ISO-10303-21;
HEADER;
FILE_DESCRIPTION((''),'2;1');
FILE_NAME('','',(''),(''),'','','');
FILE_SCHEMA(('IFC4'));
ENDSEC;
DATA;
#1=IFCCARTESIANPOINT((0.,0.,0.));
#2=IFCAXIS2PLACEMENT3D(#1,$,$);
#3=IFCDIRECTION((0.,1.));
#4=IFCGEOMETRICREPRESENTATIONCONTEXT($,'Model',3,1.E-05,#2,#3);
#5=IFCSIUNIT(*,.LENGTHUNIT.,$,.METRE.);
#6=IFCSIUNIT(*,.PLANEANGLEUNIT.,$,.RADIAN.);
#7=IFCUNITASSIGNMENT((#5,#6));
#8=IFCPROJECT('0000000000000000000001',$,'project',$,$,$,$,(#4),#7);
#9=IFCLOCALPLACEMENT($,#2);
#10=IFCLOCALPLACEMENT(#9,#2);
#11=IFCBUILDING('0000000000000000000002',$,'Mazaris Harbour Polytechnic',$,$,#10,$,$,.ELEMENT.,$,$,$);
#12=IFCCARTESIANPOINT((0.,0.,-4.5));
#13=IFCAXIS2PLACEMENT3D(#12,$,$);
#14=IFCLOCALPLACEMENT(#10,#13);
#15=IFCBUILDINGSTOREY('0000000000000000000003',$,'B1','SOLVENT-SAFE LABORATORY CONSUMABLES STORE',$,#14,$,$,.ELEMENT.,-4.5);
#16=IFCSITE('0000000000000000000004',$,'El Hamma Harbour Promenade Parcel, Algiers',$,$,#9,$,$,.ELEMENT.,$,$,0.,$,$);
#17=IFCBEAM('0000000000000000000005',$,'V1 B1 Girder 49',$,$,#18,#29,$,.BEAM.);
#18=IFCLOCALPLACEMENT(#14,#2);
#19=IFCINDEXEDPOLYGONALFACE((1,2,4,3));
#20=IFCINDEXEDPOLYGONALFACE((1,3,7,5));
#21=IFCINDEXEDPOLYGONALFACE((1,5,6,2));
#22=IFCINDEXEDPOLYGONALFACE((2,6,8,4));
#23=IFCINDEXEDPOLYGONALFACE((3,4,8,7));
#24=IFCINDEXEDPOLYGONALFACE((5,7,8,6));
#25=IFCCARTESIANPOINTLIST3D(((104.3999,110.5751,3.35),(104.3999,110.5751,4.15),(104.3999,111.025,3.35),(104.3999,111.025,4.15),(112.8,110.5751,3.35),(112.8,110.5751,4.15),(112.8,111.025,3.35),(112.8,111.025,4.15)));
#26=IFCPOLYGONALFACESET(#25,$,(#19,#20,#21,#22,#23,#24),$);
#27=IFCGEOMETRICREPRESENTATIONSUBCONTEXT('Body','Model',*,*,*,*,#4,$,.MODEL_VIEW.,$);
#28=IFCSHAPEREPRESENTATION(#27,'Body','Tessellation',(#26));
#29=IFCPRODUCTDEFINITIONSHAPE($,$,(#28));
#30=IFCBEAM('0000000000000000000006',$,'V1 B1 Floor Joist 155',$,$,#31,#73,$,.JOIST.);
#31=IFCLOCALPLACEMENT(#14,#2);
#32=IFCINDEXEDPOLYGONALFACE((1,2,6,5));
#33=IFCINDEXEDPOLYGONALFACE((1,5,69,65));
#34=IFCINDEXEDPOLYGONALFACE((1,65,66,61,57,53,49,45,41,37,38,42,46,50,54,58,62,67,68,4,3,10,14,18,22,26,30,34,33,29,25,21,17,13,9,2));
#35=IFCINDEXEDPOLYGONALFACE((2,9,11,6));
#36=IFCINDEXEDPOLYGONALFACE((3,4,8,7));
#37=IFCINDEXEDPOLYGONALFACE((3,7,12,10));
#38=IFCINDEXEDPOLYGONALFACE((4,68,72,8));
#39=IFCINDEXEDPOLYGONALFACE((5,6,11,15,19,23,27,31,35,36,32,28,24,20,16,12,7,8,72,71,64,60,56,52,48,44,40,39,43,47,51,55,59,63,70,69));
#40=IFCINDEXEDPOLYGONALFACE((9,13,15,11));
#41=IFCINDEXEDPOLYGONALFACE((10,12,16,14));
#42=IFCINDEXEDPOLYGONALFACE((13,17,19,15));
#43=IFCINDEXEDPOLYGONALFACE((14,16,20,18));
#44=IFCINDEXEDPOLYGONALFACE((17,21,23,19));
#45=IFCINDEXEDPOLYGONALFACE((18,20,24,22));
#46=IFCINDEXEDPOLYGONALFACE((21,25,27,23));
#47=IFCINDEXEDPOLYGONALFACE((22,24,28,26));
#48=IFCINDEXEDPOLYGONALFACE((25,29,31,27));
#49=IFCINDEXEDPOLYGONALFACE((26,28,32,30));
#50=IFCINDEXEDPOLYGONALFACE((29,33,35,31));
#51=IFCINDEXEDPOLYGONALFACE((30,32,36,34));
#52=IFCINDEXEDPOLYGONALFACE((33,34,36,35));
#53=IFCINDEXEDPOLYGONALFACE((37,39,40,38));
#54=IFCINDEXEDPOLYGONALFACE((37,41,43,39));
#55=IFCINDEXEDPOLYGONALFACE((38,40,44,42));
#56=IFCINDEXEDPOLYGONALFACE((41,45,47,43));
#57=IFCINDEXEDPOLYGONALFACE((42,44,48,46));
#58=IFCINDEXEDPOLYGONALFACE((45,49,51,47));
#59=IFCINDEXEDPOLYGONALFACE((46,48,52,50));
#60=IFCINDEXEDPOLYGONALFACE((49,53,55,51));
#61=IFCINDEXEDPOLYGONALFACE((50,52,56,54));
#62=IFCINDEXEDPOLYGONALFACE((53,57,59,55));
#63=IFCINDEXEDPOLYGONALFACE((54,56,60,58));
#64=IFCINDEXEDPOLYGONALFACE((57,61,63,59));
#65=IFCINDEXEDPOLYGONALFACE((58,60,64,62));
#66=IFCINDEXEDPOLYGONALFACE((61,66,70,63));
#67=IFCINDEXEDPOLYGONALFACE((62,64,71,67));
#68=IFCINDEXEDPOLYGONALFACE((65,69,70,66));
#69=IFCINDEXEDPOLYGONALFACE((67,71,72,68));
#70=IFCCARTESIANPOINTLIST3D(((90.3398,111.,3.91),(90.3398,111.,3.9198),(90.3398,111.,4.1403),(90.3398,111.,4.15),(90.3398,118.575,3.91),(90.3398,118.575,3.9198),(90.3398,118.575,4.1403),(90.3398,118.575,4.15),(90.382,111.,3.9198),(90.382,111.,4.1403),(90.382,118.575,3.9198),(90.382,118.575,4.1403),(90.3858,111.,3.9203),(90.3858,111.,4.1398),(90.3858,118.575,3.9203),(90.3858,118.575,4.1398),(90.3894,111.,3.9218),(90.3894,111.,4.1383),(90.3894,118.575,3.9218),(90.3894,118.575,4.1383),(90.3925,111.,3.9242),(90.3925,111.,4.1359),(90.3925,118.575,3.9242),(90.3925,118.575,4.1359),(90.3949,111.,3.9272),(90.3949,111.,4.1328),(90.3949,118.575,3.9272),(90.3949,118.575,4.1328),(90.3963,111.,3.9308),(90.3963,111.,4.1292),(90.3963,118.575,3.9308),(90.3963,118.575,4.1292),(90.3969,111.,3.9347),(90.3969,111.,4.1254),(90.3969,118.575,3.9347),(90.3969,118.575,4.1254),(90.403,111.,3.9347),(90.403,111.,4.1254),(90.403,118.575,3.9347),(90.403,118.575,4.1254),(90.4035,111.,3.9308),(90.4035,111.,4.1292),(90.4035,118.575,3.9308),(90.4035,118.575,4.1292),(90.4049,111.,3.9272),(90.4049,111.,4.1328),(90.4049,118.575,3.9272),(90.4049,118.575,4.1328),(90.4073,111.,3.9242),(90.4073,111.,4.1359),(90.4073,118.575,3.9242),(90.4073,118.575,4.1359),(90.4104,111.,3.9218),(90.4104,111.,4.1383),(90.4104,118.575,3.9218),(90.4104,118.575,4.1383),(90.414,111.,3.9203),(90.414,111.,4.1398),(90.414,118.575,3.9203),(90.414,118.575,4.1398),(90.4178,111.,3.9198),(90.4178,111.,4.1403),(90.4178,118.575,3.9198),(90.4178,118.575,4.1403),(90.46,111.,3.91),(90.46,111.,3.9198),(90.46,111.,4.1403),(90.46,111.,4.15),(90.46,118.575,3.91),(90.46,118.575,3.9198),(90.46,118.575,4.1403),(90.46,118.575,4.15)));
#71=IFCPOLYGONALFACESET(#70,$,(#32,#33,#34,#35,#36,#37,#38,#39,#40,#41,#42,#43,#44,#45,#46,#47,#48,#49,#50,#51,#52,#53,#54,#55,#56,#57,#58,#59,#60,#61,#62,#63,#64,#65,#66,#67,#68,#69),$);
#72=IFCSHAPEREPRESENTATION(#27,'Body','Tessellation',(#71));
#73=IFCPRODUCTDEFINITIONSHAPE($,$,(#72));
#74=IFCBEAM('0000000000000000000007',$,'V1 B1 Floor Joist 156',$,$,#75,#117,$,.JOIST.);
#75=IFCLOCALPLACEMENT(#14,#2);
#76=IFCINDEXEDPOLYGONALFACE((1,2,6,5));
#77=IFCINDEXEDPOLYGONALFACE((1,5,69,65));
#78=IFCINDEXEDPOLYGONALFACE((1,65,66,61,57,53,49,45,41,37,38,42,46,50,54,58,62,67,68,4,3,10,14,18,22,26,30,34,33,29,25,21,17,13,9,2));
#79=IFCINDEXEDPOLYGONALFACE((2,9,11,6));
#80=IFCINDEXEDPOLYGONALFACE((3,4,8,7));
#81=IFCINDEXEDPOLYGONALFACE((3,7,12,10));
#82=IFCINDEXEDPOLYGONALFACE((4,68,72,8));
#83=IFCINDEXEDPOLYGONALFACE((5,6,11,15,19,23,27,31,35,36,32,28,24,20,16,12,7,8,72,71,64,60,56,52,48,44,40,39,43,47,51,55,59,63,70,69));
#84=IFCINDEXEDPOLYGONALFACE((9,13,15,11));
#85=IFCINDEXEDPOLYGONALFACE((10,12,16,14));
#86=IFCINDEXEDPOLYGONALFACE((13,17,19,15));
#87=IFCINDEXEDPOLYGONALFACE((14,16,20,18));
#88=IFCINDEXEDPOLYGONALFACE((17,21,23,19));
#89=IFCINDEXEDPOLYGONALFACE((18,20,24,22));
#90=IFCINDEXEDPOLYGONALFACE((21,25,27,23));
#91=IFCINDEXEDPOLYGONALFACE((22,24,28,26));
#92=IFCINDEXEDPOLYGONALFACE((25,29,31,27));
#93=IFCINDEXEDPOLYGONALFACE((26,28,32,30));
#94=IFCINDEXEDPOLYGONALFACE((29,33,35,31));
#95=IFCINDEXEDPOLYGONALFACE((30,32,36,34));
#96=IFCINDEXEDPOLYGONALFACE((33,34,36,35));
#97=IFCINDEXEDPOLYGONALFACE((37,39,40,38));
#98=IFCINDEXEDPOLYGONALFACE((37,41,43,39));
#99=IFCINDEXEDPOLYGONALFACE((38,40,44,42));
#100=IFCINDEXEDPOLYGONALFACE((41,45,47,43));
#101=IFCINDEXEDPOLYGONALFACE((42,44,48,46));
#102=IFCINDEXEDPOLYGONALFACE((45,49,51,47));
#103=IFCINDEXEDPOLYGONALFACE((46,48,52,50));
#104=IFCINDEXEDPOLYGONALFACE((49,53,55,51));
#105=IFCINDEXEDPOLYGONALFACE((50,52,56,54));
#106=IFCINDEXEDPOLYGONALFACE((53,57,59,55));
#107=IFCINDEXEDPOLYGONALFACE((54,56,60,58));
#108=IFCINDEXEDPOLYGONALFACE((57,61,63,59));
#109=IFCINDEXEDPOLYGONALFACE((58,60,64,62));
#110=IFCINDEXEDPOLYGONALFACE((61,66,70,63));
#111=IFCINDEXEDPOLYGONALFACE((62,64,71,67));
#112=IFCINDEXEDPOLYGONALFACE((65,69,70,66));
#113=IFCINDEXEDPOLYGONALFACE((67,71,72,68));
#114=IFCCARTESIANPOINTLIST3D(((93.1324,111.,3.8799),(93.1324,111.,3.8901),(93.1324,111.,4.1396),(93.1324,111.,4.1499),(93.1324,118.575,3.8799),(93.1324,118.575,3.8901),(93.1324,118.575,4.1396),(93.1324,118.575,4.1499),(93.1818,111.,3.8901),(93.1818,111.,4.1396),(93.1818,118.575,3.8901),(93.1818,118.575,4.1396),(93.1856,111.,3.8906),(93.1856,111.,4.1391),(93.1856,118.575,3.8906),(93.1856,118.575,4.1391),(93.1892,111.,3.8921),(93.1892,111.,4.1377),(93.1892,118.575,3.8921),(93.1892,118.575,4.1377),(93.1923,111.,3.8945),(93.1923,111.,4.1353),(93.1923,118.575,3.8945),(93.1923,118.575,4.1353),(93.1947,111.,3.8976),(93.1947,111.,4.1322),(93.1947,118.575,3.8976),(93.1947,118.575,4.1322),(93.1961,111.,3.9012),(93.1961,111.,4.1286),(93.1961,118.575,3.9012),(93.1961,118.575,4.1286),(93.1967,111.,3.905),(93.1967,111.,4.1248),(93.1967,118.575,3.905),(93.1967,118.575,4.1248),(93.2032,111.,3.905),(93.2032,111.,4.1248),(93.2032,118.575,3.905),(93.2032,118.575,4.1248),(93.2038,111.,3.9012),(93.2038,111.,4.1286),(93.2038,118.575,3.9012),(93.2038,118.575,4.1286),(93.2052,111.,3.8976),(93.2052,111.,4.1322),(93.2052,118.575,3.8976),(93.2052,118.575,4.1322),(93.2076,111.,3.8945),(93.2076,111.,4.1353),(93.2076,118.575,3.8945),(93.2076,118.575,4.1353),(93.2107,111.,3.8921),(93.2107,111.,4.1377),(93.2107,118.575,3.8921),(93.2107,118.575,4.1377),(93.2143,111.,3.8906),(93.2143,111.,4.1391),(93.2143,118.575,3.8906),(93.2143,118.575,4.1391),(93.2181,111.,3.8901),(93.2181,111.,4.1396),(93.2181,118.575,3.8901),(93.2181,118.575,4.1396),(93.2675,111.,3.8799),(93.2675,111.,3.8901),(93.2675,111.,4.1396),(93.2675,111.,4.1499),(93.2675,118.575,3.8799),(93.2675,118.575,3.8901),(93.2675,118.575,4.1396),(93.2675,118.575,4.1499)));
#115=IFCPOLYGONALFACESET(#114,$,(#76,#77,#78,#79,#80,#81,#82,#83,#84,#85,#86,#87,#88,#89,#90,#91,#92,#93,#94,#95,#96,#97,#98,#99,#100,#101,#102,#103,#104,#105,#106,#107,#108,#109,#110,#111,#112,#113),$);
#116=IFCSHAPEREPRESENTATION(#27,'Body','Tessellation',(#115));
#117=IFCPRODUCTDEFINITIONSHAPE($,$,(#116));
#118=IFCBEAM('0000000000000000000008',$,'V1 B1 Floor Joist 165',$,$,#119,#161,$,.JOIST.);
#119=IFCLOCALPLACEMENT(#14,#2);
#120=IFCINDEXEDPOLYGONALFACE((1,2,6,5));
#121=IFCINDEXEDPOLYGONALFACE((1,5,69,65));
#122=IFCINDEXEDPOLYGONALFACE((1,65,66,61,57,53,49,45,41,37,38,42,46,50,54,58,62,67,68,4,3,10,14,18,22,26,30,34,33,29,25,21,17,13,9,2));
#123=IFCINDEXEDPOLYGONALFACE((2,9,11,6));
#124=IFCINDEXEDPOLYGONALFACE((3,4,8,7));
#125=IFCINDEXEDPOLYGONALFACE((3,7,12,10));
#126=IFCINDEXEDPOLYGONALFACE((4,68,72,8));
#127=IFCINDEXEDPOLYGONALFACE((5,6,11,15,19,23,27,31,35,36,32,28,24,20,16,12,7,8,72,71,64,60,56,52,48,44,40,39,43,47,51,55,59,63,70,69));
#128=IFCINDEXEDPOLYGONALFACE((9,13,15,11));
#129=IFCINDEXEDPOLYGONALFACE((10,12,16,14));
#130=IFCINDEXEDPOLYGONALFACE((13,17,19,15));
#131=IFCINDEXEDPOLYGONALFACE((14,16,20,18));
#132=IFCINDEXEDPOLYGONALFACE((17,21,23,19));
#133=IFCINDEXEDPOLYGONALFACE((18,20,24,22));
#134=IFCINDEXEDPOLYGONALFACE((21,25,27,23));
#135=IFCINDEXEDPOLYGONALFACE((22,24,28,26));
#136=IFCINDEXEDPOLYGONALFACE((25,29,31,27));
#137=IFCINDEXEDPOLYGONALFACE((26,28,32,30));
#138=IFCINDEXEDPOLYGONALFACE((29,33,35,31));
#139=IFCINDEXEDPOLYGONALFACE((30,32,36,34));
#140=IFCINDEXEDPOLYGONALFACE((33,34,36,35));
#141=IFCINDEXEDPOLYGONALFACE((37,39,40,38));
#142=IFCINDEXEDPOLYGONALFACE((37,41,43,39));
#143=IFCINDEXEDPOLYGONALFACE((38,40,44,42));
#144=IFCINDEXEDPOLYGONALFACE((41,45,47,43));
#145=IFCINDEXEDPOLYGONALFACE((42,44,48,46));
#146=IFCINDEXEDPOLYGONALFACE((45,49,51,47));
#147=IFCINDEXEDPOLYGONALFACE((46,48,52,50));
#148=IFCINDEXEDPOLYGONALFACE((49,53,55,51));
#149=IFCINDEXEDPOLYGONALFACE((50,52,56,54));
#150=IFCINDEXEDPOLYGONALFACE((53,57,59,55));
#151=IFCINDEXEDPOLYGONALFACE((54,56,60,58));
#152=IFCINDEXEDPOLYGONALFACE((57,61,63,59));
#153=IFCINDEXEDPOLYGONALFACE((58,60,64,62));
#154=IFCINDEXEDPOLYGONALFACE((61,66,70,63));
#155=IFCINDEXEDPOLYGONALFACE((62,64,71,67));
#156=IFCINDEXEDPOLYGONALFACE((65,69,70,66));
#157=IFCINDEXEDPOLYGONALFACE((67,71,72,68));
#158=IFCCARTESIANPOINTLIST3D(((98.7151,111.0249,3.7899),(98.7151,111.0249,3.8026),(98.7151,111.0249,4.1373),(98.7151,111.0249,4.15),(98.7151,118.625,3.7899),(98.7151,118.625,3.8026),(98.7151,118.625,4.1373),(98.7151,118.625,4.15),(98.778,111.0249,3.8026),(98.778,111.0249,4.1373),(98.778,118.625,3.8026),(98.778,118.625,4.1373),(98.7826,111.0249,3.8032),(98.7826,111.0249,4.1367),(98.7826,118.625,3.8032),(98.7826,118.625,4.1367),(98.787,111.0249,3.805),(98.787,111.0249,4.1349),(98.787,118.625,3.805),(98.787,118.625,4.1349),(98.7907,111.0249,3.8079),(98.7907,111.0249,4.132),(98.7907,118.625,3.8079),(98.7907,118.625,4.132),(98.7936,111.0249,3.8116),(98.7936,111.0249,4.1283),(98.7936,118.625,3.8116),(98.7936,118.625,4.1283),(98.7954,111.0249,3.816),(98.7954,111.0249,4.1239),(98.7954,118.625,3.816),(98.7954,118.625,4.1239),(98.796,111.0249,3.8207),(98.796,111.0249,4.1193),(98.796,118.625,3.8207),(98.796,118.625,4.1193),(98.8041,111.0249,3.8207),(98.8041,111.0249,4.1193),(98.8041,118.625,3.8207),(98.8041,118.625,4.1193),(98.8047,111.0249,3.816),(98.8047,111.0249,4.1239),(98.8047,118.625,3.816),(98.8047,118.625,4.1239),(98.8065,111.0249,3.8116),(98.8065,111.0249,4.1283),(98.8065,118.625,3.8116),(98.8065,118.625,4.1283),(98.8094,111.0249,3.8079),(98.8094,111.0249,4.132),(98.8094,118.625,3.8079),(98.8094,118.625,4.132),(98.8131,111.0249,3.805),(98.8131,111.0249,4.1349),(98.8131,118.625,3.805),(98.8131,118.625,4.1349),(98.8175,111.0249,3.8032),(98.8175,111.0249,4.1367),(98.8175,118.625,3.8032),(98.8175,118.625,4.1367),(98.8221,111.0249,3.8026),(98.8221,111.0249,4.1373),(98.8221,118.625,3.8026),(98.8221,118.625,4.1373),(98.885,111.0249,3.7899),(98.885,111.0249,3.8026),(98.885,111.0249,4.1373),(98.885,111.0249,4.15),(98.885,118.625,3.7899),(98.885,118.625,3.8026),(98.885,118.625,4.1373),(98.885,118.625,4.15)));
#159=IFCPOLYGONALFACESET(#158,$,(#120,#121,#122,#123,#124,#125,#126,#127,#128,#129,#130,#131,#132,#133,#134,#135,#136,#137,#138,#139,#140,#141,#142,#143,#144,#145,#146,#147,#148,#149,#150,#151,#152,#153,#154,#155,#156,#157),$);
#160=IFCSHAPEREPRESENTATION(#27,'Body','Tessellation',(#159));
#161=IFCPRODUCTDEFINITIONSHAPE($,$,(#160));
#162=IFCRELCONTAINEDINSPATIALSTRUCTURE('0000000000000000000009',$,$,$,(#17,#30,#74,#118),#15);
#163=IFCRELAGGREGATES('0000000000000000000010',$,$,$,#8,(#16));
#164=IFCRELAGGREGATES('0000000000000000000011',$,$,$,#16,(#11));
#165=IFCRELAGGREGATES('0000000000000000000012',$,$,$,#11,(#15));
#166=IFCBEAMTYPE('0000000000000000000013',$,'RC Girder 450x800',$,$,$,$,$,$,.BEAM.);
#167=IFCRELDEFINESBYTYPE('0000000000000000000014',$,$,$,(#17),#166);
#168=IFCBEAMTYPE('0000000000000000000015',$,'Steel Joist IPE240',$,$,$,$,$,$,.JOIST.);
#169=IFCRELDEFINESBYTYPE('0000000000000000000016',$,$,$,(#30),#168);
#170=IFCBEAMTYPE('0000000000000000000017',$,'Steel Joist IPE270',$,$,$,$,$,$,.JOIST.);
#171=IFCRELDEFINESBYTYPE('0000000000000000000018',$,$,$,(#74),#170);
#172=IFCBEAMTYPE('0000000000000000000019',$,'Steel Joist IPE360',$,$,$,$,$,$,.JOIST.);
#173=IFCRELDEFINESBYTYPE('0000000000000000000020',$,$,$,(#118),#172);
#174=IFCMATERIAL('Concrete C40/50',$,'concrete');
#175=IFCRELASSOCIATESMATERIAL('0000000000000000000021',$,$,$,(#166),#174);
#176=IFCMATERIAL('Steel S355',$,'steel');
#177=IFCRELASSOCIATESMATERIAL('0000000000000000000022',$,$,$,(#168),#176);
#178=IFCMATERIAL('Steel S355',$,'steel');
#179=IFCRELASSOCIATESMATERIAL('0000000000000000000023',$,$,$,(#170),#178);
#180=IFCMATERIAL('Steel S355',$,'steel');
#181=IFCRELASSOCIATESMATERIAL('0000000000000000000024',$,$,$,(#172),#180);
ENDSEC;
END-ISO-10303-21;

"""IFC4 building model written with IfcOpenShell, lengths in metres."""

from ifc_helpers import new_model, si_unit, direction, frame, origin, origin_2d, place, context, subcontext, project, spatial, rectangle, i_section, extrude, material, material_profile, profile_set, type_object, element, save


model = new_model("IFC4")

# Units and contexts
model_context = context("Model", 3, precision=1e-05, world=origin(), true_north=direction((0.0, 1.0)))
body_context = subcontext(model_context, "Body", "Model", "MODEL_VIEW")
ifc_project = project(units=[si_unit("LENGTHUNIT", "METRE"), si_unit("PLANEANGLEUNIT", "RADIAN")], contexts=[model_context])

# Site, building, storey
site_placement = place(None, origin())
site = spatial("IfcSite", under=ifc_project, at=site_placement, Name="El Hamma Harbour Promenade Parcel, Algiers", CompositionType="ELEMENT", RefElevation=0.0)
building_placement = place(site_placement, origin())
building = spatial("IfcBuilding", under=site, at=building_placement, Name="Mazaris Harbour Polytechnic", CompositionType="ELEMENT")
storey_placement = place(building_placement, frame((0.0, 0.0, -4.5)))
storey = spatial("IfcBuildingStorey", under=building, at=storey_placement, Name="B1", Description="SOLVENT-SAFE LABORATORY CONSUMABLES STORE", CompositionType="ELEMENT", Elevation=-4.5)

# Beams
ifc_material_1 = material(Name="Concrete C40/50", Category="concrete")
ifc_material_profile_1 = material_profile(ifc_material_1, rectangle(XDim=0.45, YDim=0.8, at=origin_2d()), Name="RECT450x800")
ifc_profile_set_1 = profile_set([ifc_material_profile_1], Name="Concrete C40/50")
beam_type_1 = type_object("IfcBeamType", Name="RC Girder 450x800", PredefinedType="BEAM", material=ifc_profile_set_1)
beam_1_placement = place(storey_placement, frame((104.3999, 110.8, 3.75), z_axis=(1.0, 0.0, 0.0), x_axis=(0.0, 1.0, 0.0)))
element("IfcBeam", 1, at=beam_1_placement, inside=storey, type_object=beam_type_1, Name="V1 B1 Girder 49", PredefinedType="BEAM", context=body_context, shape_type="SweptSolid", body=[
    extrude(rectangle(XDim=0.45, YDim=0.8, at=origin_2d()), origin(), (0.0, 0.0, 1.0), 8.4001),
])
ifc_material_2 = material(Name="Steel S355", Category="steel")
ifc_material_profile_2 = material_profile(ifc_material_2, i_section(OverallWidth=0.1201, OverallDepth=0.24, WebThickness=0.0061, FlangeThickness=0.0098, FilletRadius=0.0149, at=origin_2d()), Name="IPE 240")
ifc_profile_set_2 = profile_set([ifc_material_profile_2], Name="Steel S355")
beam_type_2 = type_object("IfcBeamType", Name="Steel Joist IPE240", PredefinedType="JOIST", material=ifc_profile_set_2)
beam_2_placement = place(storey_placement, frame((90.3999, 111.0, 4.03), z_axis=(0.0, 1.0, 0.0), x_axis=(-1.0, 0.0, 0.0)))
element("IfcBeam", 2, at=beam_2_placement, inside=storey, type_object=beam_type_2, Name="V1 B1 Floor Joist 155", PredefinedType="JOIST", context=body_context, shape_type="SweptSolid", body=[
    extrude(i_section(OverallWidth=0.1201, OverallDepth=0.24, WebThickness=0.0061, FlangeThickness=0.0098, FilletRadius=0.0149, at=origin_2d()), origin(), (0.0, 0.0, 1.0), 7.575),
])
ifc_material_3 = material(Name="Steel S355", Category="steel")
ifc_material_profile_3 = material_profile(ifc_material_3, i_section(OverallWidth=0.135, OverallDepth=0.27, WebThickness=0.0066, FlangeThickness=0.0103, FilletRadius=0.0149, at=origin_2d()), Name="IPE 270")
ifc_profile_set_3 = profile_set([ifc_material_profile_3], Name="Steel S355")
beam_type_3 = type_object("IfcBeamType", Name="Steel Joist IPE270", PredefinedType="JOIST", material=ifc_profile_set_3)
beam_3_placement = place(storey_placement, frame((93.2, 111.0, 4.0149), z_axis=(0.0, 1.0, 0.0), x_axis=(-1.0, 0.0, 0.0)))
element("IfcBeam", 3, at=beam_3_placement, inside=storey, type_object=beam_type_3, Name="V1 B1 Floor Joist 156", PredefinedType="JOIST", context=body_context, shape_type="SweptSolid", body=[
    extrude(i_section(OverallWidth=0.135, OverallDepth=0.27, WebThickness=0.0066, FlangeThickness=0.0103, FilletRadius=0.0149, at=origin_2d()), origin(), (0.0, 0.0, 1.0), 7.575),
])
ifc_material_4 = material(Name="Steel S355", Category="steel")
ifc_material_profile_4 = material_profile(ifc_material_4, i_section(OverallWidth=0.1699, OverallDepth=0.3601, WebThickness=0.0081, FlangeThickness=0.0127, FilletRadius=0.0181, at=origin_2d()), Name="IPE 360")
ifc_profile_set_4 = profile_set([ifc_material_profile_4], Name="Steel S355")
beam_type_4 = type_object("IfcBeamType", Name="Steel Joist IPE360", PredefinedType="JOIST", material=ifc_profile_set_4)
beam_4_placement = place(storey_placement, frame((98.8, 111.0249, 3.97), z_axis=(0.0, 1.0, 0.0), x_axis=(-1.0, 0.0, 0.0)))
element("IfcBeam", 4, at=beam_4_placement, inside=storey, type_object=beam_type_4, Name="V1 B1 Floor Joist 165", PredefinedType="JOIST", context=body_context, shape_type="SweptSolid", body=[
    extrude(i_section(OverallWidth=0.1699, OverallDepth=0.3601, WebThickness=0.0081, FlangeThickness=0.0127, FilletRadius=0.0181, at=origin_2d()), origin(), (0.0, 0.0, 1.0), 7.6001),
])

save(model, "model.ifc")
